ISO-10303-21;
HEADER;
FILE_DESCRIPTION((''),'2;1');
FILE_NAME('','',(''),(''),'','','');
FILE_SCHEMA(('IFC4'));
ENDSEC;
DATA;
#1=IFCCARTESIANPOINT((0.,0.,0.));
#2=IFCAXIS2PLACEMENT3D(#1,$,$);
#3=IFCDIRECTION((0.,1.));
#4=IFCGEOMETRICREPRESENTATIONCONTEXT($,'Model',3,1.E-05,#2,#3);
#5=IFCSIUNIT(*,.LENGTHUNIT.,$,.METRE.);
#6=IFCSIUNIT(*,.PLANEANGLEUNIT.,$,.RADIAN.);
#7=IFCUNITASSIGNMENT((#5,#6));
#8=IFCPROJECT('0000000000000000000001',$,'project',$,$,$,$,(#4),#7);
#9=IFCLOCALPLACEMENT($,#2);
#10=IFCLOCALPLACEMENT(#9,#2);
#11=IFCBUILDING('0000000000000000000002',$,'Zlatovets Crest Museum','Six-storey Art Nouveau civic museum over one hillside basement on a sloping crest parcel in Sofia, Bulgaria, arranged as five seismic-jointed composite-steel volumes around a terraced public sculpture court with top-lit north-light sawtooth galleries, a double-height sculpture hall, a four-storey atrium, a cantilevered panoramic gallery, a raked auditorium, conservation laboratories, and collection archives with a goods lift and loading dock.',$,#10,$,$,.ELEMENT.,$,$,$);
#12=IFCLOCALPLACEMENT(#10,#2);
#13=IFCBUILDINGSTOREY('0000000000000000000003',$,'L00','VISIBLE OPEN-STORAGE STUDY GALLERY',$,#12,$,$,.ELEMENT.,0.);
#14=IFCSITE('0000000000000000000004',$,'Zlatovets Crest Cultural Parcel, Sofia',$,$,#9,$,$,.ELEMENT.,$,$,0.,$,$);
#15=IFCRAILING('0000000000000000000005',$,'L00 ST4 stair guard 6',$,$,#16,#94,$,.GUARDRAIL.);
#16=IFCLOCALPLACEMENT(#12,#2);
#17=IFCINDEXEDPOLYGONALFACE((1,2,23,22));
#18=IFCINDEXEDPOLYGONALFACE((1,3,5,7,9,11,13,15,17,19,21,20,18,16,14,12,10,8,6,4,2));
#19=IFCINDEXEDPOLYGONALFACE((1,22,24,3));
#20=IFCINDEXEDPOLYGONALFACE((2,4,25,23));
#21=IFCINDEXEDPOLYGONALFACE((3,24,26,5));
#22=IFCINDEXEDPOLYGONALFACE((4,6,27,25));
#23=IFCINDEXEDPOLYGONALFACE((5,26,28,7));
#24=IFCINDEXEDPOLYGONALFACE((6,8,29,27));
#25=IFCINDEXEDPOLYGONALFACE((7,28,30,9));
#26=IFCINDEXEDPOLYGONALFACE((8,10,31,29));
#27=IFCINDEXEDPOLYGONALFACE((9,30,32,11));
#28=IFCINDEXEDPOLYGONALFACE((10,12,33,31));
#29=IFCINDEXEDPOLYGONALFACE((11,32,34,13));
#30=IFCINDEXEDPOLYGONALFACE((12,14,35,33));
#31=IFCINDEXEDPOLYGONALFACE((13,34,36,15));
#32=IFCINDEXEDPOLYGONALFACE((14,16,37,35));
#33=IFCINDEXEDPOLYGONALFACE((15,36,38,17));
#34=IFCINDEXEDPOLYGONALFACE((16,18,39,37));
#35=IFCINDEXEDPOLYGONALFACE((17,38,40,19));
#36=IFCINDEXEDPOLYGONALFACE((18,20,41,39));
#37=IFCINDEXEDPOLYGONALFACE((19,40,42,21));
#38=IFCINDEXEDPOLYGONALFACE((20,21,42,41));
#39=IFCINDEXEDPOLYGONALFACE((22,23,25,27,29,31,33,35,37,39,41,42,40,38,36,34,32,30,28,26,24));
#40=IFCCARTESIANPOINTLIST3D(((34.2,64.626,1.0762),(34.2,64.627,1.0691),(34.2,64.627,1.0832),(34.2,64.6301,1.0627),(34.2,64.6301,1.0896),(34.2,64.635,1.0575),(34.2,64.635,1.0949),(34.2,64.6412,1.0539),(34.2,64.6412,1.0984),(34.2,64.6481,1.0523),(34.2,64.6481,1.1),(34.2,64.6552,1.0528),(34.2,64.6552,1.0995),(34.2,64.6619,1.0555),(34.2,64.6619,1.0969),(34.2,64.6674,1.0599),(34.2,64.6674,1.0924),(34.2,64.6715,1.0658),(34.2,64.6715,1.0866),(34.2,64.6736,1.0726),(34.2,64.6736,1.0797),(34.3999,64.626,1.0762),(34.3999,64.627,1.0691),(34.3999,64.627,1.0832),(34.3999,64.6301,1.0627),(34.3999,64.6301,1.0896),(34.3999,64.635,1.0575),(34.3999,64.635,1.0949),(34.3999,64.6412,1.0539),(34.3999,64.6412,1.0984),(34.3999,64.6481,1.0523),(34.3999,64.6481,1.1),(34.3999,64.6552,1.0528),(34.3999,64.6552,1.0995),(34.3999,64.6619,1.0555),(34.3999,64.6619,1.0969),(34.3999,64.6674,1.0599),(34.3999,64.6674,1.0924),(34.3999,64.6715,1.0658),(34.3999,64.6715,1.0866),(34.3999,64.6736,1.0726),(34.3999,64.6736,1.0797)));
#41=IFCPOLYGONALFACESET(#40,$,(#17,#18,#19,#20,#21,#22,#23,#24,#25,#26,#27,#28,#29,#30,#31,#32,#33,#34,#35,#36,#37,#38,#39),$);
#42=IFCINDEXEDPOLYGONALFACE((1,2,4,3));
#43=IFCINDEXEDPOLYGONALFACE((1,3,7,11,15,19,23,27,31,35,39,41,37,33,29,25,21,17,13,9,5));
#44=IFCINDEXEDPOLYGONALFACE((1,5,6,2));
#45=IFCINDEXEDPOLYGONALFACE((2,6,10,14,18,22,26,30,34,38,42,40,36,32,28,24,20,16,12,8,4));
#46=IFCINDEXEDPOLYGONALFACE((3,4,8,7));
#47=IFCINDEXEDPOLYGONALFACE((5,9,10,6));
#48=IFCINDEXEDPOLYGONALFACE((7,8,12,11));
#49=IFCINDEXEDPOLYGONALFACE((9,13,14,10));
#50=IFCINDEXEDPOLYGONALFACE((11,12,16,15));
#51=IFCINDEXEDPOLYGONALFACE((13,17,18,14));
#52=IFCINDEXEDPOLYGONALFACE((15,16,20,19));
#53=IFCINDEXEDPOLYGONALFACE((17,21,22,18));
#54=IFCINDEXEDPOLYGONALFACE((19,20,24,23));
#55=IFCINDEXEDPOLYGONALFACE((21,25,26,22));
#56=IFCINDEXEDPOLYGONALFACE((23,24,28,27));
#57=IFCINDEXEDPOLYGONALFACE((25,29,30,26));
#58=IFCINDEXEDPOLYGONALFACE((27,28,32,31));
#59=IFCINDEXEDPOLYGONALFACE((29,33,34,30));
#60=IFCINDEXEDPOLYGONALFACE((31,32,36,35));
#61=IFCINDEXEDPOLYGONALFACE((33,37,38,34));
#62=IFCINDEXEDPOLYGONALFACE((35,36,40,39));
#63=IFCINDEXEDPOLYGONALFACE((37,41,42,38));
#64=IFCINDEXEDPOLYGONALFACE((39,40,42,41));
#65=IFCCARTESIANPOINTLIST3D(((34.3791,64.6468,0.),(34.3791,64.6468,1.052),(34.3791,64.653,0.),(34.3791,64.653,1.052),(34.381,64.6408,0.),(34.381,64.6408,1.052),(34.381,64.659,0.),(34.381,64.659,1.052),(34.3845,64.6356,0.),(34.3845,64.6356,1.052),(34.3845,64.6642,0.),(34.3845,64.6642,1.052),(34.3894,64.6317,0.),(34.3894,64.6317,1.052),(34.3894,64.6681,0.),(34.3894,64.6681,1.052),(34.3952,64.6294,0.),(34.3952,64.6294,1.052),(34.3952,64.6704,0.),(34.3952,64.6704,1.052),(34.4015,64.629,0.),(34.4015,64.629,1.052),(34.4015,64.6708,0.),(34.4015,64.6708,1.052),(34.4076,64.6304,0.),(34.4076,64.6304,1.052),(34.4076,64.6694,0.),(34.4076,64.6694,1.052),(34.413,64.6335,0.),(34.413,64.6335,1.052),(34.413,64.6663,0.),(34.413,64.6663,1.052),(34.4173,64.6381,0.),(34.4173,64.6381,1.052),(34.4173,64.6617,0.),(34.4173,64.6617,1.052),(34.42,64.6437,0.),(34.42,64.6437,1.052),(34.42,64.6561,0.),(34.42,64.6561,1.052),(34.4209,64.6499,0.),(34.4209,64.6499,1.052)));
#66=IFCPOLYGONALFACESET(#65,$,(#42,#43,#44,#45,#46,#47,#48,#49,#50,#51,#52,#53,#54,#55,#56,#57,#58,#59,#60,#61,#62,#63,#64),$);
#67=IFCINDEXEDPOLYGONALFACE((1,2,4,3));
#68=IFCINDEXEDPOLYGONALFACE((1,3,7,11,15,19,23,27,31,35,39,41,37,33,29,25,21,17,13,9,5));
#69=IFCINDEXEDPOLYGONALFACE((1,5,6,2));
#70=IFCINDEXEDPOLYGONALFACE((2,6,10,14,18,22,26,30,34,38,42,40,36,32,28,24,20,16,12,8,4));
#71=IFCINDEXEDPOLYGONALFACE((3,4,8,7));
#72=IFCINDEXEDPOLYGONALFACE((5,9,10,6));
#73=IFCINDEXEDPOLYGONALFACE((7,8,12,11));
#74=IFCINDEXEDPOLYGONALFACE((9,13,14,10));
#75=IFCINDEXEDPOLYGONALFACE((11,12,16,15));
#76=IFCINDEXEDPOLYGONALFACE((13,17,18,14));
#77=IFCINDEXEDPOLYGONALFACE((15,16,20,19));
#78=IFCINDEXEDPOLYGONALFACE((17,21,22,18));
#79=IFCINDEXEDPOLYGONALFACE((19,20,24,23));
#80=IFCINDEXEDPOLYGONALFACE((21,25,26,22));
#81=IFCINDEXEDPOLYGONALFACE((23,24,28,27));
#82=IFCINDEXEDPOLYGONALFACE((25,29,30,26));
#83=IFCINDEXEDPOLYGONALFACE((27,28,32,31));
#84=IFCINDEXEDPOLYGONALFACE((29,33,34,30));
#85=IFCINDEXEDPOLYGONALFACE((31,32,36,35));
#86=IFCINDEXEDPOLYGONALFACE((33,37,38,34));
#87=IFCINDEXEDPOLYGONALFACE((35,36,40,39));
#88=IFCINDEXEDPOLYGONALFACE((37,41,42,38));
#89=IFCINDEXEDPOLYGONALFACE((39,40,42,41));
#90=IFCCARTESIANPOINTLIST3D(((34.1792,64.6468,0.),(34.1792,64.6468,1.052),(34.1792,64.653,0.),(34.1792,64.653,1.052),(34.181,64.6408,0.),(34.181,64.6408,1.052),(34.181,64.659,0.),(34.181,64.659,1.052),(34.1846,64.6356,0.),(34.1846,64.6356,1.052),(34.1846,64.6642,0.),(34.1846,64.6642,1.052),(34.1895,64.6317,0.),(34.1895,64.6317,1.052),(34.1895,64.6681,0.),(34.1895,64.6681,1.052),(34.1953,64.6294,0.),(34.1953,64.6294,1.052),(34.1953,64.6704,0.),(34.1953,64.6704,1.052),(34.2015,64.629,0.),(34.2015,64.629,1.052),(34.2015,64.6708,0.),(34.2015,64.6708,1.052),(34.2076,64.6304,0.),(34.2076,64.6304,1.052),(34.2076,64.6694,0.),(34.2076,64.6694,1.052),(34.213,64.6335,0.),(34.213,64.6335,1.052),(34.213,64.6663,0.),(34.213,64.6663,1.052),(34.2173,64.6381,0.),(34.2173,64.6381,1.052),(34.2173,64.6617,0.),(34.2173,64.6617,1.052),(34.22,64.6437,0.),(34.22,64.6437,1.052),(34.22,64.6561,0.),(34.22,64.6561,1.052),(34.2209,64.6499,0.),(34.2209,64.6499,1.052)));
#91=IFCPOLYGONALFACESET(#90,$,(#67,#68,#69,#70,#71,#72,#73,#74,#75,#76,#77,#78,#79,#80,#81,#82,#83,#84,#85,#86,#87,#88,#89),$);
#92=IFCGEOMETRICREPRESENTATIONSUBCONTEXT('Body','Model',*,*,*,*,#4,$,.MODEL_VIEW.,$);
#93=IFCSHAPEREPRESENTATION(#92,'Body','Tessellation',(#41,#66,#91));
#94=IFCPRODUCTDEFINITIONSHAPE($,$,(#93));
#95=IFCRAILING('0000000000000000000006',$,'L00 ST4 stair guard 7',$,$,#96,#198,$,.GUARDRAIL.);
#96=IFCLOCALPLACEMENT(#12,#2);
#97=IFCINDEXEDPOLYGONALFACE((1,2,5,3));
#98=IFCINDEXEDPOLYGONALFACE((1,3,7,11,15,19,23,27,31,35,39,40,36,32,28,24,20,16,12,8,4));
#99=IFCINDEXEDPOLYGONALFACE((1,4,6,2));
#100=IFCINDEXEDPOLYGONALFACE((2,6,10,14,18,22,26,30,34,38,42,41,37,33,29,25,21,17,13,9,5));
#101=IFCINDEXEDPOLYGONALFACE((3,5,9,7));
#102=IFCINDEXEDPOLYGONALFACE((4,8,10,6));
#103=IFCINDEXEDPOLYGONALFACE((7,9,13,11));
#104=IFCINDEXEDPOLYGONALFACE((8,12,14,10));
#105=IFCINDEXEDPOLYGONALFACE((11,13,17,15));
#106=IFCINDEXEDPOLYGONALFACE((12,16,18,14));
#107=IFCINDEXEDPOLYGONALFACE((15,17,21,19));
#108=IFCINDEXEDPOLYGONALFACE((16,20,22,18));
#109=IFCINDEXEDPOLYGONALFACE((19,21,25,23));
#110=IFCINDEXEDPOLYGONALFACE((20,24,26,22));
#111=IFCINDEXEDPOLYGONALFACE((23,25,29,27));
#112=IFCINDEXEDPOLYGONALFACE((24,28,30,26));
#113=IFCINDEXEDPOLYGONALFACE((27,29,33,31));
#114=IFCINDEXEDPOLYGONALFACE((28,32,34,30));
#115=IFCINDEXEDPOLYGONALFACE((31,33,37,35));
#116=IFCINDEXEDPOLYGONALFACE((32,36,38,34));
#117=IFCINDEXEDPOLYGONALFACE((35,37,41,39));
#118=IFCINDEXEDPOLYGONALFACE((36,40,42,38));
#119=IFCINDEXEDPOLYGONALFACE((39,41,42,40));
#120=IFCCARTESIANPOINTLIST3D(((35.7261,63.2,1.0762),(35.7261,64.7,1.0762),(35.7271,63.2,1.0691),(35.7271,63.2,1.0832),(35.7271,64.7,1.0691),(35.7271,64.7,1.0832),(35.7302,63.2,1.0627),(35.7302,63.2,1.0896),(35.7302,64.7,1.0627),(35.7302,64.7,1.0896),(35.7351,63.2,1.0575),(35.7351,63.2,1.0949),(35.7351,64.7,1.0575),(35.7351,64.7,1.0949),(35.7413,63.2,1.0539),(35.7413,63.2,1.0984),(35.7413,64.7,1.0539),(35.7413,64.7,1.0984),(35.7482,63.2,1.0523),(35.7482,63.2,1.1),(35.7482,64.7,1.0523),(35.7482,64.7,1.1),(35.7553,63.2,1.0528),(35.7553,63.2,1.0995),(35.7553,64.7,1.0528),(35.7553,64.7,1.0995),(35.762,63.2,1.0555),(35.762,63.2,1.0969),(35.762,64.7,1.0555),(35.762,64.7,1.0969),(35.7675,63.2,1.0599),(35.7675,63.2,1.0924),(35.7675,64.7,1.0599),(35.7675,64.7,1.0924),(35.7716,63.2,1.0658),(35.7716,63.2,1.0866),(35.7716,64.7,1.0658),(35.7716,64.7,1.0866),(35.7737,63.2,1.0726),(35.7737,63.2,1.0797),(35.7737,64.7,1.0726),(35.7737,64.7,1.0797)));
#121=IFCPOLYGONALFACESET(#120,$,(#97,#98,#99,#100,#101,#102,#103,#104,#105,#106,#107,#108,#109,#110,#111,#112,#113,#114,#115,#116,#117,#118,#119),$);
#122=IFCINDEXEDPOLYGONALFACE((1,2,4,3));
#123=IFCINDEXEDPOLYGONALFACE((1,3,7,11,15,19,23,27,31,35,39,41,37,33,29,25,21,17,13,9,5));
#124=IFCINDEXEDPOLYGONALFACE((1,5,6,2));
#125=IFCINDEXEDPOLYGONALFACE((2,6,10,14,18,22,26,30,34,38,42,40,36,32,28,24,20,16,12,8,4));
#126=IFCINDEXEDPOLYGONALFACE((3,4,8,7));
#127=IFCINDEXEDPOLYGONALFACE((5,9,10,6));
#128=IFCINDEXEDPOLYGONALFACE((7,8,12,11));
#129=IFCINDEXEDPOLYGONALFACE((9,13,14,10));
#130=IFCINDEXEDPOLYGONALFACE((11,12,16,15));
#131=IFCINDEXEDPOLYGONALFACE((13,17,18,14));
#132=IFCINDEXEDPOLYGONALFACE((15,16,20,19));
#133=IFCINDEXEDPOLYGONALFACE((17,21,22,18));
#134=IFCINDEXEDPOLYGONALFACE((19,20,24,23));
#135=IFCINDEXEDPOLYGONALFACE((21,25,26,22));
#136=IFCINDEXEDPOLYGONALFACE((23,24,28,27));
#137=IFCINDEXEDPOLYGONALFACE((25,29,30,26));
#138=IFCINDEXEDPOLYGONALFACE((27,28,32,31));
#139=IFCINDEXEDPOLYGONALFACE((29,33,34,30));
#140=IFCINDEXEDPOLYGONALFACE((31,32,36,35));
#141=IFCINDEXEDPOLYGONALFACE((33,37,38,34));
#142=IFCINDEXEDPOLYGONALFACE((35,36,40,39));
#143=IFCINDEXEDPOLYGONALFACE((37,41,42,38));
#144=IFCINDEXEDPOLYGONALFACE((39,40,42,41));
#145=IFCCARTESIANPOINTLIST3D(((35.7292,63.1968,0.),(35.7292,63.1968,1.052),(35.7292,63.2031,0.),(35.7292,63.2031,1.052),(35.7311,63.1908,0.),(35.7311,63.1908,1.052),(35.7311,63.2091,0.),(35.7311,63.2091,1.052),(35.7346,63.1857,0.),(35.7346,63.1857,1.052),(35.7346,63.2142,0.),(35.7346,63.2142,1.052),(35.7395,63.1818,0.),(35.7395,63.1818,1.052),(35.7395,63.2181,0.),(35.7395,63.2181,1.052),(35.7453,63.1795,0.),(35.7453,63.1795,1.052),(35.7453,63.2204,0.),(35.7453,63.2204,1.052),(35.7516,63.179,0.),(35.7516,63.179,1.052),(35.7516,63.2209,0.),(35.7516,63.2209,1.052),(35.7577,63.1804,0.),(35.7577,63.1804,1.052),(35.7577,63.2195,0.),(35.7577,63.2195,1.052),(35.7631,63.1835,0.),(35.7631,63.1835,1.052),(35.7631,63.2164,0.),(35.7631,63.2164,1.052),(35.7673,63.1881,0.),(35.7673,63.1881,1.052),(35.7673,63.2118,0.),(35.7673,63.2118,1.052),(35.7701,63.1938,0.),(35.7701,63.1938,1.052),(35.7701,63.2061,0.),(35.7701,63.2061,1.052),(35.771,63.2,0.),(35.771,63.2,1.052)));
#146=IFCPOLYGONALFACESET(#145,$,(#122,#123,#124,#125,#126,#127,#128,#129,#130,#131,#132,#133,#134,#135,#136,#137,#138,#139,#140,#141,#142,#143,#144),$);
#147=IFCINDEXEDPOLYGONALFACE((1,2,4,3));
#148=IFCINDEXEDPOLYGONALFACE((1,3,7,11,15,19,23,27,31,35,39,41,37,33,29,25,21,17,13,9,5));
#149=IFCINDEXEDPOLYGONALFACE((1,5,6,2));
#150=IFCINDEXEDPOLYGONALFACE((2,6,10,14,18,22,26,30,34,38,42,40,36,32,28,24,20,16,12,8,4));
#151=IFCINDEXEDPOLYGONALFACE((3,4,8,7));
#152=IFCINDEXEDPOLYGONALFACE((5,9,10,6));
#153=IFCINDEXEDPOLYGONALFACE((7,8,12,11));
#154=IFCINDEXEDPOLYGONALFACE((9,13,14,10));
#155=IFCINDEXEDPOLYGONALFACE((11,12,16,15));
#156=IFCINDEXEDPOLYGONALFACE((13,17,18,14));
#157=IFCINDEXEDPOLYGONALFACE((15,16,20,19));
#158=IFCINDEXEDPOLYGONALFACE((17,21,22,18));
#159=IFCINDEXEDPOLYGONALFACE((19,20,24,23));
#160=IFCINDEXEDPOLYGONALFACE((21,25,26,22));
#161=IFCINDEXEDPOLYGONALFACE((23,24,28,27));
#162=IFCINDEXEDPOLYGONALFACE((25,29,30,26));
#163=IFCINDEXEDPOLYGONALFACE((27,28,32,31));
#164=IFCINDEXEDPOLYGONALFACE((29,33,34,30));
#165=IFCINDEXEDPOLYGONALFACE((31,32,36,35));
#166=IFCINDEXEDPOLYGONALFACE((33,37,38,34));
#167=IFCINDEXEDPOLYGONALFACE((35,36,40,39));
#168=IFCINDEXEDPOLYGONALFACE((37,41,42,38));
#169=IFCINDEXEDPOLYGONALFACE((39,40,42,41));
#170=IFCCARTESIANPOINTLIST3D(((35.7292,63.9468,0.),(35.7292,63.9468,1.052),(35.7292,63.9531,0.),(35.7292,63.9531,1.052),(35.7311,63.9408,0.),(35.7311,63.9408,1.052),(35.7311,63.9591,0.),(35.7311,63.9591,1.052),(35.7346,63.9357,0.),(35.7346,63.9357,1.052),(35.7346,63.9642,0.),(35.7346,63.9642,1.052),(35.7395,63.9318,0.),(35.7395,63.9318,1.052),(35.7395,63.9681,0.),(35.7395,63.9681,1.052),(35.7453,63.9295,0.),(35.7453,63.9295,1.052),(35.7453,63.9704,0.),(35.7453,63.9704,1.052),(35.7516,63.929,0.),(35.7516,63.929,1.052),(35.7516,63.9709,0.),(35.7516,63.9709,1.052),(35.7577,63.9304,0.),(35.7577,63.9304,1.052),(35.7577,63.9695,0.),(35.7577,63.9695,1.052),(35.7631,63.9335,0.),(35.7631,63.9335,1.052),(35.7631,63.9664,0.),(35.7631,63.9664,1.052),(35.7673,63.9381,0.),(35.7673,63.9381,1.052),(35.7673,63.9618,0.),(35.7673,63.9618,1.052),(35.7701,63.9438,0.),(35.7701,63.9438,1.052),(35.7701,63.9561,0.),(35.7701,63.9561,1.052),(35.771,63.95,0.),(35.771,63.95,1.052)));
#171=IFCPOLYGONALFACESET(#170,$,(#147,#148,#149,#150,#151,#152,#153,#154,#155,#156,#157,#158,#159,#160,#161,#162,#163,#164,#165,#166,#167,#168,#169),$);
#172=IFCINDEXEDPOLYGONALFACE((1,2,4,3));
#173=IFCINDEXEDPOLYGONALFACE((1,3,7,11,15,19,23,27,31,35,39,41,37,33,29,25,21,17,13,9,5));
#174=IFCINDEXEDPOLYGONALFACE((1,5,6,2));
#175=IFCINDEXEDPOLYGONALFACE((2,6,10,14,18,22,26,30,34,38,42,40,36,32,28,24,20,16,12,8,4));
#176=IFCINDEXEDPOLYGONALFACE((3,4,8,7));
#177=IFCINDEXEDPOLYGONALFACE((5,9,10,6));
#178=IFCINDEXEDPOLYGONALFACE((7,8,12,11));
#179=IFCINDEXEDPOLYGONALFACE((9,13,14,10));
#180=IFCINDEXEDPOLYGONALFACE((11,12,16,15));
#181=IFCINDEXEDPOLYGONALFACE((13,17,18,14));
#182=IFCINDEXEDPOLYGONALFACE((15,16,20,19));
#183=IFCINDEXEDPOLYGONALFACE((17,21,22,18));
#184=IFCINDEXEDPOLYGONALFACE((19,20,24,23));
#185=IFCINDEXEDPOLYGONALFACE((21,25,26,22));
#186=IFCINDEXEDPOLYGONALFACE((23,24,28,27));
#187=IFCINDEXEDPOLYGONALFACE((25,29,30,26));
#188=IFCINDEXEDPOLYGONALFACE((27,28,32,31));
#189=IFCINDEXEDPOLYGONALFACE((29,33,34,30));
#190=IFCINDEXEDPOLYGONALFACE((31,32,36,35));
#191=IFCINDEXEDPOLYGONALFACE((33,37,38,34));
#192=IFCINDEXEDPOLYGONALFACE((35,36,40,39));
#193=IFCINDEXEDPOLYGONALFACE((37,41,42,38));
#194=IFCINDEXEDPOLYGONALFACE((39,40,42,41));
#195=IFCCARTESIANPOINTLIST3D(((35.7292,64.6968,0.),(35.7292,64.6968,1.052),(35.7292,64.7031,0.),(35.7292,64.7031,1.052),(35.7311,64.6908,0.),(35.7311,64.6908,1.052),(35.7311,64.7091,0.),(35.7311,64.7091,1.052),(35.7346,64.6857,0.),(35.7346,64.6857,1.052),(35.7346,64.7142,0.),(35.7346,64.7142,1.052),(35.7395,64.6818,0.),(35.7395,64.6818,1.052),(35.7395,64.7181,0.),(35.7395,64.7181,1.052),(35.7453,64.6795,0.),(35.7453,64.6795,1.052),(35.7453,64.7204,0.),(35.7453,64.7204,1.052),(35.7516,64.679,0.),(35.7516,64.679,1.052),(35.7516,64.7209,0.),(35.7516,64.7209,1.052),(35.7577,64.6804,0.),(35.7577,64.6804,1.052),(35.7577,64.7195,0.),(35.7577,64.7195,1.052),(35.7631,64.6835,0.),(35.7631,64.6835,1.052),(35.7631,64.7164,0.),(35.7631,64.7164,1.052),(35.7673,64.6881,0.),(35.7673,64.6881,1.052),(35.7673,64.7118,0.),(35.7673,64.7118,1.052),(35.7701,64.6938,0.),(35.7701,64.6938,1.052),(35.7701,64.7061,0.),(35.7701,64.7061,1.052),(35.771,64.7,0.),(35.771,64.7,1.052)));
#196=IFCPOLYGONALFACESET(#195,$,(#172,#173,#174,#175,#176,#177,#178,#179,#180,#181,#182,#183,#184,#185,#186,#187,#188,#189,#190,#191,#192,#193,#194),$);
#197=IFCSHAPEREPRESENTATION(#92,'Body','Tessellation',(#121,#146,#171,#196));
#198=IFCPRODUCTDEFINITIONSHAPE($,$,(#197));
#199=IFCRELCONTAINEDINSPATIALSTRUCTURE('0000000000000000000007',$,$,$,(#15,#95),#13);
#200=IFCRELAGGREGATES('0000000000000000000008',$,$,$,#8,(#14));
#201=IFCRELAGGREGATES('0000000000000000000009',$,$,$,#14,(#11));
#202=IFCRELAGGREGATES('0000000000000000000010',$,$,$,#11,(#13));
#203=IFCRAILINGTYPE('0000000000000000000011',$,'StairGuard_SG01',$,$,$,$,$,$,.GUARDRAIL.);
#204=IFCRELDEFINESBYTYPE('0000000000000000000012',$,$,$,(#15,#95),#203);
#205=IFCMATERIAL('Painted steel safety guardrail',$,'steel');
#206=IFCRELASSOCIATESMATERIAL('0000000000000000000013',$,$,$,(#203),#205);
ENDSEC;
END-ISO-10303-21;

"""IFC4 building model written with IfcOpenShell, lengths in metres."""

from ifc_helpers import new_model, si_unit, direction, frame, origin, origin_2d, place, context, subcontext, project, spatial, circle, extrude, material, type_object, element, save


model = new_model("IFC4")

# Units and contexts
model_context = context("Model", 3, precision=1e-05, world=origin(), true_north=direction((0.0, 1.0)))
body_context = subcontext(model_context, "Body", "Model", "MODEL_VIEW")
ifc_project = project(units=[si_unit("LENGTHUNIT", "METRE"), si_unit("PLANEANGLEUNIT", "RADIAN")], contexts=[model_context])

# Site, building, storey
site_placement = place(None, origin())
site = spatial("IfcSite", under=ifc_project, at=site_placement, Name="Zlatovets Crest Cultural Parcel, Sofia", CompositionType="ELEMENT", RefElevation=0.0)
building_placement = place(site_placement, origin())
building = spatial("IfcBuilding", under=site, at=building_placement, Name="Zlatovets Crest Museum", Description="Six-storey Art Nouveau civic museum over one hillside basement on a sloping crest parcel in Sofia, Bulgaria, arranged as five seismic-jointed composite-steel volumes around a terraced public sculpture court with top-lit north-light sawtooth galleries, a double-height sculpture hall, a four-storey atrium, a cantilevered panoramic gallery, a raked auditorium, conservation laboratories, and collection archives with a goods lift and loading dock.", CompositionType="ELEMENT")
storey_placement = place(building_placement, origin())
storey = spatial("IfcBuildingStorey", under=building, at=storey_placement, Name="L00", Description="VISIBLE OPEN-STORAGE STUDY GALLERY", CompositionType="ELEMENT", Elevation=0.0)

# Railings
ifc_material_1 = material(Name="Painted steel safety guardrail", Category="steel")
railing_type_1 = type_object("IfcRailingType", Name="StairGuard_SG01", PredefinedType="GUARDRAIL", material=ifc_material_1)
railing_1_placement = place(storey_placement, frame((34.3999, 64.6499, 0.0)))
element("IfcRailing", 1, at=railing_1_placement, inside=storey, type_object=railing_type_1, Name="L00 ST4 stair guard 6", PredefinedType="GUARDRAIL", context=body_context, shape_type="SweptSolid", body=[
    extrude(circle(Radius=0.0239, at=origin_2d()), frame((0.0, 0.0, 1.0762), z_axis=(-1.0, 0.0, 0.0), x_axis=(0.0, -1.0, 0.0)), (0.0, 0.0, 1.0), 0.2),
    extrude(circle(Radius=0.021, at=origin_2d()), origin(), (0.0, 0.0, 1.0), 1.052),
    extrude(circle(Radius=0.021, at=origin_2d()), frame((-0.2, 0.0, 0.0)), (0.0, 0.0, 1.0), 1.052),
])
for number, where, name in (
    (2, (35.75, 63.2, 0.0), "L00 ST4 stair guard 7"),
):
    element("IfcRailing", number, at=place(storey_placement, frame(where)), inside=storey, type_object=railing_type_1, Name=name, PredefinedType="GUARDRAIL", context=body_context, shape_type="SweptSolid", body=[
        extrude(circle(Radius=0.0239, at=origin_2d()), frame((0.0, 0.0, 1.0762), z_axis=(0.0, 1.0, 0.0), x_axis=(-1.0, 0.0, 0.0)), (0.0, 0.0, 1.0), 1.5),
        extrude(circle(Radius=0.021, at=origin_2d()), origin(), (0.0, 0.0, 1.0), 1.052),
        extrude(circle(Radius=0.021, at=origin_2d()), frame((0.0, 0.75, 0.0)), (0.0, 0.0, 1.0), 1.052),
        extrude(circle(Radius=0.021, at=origin_2d()), frame((0.0, 1.5, 0.0)), (0.0, 0.0, 1.0), 1.052),
    ])

save(model, "model.ifc")
